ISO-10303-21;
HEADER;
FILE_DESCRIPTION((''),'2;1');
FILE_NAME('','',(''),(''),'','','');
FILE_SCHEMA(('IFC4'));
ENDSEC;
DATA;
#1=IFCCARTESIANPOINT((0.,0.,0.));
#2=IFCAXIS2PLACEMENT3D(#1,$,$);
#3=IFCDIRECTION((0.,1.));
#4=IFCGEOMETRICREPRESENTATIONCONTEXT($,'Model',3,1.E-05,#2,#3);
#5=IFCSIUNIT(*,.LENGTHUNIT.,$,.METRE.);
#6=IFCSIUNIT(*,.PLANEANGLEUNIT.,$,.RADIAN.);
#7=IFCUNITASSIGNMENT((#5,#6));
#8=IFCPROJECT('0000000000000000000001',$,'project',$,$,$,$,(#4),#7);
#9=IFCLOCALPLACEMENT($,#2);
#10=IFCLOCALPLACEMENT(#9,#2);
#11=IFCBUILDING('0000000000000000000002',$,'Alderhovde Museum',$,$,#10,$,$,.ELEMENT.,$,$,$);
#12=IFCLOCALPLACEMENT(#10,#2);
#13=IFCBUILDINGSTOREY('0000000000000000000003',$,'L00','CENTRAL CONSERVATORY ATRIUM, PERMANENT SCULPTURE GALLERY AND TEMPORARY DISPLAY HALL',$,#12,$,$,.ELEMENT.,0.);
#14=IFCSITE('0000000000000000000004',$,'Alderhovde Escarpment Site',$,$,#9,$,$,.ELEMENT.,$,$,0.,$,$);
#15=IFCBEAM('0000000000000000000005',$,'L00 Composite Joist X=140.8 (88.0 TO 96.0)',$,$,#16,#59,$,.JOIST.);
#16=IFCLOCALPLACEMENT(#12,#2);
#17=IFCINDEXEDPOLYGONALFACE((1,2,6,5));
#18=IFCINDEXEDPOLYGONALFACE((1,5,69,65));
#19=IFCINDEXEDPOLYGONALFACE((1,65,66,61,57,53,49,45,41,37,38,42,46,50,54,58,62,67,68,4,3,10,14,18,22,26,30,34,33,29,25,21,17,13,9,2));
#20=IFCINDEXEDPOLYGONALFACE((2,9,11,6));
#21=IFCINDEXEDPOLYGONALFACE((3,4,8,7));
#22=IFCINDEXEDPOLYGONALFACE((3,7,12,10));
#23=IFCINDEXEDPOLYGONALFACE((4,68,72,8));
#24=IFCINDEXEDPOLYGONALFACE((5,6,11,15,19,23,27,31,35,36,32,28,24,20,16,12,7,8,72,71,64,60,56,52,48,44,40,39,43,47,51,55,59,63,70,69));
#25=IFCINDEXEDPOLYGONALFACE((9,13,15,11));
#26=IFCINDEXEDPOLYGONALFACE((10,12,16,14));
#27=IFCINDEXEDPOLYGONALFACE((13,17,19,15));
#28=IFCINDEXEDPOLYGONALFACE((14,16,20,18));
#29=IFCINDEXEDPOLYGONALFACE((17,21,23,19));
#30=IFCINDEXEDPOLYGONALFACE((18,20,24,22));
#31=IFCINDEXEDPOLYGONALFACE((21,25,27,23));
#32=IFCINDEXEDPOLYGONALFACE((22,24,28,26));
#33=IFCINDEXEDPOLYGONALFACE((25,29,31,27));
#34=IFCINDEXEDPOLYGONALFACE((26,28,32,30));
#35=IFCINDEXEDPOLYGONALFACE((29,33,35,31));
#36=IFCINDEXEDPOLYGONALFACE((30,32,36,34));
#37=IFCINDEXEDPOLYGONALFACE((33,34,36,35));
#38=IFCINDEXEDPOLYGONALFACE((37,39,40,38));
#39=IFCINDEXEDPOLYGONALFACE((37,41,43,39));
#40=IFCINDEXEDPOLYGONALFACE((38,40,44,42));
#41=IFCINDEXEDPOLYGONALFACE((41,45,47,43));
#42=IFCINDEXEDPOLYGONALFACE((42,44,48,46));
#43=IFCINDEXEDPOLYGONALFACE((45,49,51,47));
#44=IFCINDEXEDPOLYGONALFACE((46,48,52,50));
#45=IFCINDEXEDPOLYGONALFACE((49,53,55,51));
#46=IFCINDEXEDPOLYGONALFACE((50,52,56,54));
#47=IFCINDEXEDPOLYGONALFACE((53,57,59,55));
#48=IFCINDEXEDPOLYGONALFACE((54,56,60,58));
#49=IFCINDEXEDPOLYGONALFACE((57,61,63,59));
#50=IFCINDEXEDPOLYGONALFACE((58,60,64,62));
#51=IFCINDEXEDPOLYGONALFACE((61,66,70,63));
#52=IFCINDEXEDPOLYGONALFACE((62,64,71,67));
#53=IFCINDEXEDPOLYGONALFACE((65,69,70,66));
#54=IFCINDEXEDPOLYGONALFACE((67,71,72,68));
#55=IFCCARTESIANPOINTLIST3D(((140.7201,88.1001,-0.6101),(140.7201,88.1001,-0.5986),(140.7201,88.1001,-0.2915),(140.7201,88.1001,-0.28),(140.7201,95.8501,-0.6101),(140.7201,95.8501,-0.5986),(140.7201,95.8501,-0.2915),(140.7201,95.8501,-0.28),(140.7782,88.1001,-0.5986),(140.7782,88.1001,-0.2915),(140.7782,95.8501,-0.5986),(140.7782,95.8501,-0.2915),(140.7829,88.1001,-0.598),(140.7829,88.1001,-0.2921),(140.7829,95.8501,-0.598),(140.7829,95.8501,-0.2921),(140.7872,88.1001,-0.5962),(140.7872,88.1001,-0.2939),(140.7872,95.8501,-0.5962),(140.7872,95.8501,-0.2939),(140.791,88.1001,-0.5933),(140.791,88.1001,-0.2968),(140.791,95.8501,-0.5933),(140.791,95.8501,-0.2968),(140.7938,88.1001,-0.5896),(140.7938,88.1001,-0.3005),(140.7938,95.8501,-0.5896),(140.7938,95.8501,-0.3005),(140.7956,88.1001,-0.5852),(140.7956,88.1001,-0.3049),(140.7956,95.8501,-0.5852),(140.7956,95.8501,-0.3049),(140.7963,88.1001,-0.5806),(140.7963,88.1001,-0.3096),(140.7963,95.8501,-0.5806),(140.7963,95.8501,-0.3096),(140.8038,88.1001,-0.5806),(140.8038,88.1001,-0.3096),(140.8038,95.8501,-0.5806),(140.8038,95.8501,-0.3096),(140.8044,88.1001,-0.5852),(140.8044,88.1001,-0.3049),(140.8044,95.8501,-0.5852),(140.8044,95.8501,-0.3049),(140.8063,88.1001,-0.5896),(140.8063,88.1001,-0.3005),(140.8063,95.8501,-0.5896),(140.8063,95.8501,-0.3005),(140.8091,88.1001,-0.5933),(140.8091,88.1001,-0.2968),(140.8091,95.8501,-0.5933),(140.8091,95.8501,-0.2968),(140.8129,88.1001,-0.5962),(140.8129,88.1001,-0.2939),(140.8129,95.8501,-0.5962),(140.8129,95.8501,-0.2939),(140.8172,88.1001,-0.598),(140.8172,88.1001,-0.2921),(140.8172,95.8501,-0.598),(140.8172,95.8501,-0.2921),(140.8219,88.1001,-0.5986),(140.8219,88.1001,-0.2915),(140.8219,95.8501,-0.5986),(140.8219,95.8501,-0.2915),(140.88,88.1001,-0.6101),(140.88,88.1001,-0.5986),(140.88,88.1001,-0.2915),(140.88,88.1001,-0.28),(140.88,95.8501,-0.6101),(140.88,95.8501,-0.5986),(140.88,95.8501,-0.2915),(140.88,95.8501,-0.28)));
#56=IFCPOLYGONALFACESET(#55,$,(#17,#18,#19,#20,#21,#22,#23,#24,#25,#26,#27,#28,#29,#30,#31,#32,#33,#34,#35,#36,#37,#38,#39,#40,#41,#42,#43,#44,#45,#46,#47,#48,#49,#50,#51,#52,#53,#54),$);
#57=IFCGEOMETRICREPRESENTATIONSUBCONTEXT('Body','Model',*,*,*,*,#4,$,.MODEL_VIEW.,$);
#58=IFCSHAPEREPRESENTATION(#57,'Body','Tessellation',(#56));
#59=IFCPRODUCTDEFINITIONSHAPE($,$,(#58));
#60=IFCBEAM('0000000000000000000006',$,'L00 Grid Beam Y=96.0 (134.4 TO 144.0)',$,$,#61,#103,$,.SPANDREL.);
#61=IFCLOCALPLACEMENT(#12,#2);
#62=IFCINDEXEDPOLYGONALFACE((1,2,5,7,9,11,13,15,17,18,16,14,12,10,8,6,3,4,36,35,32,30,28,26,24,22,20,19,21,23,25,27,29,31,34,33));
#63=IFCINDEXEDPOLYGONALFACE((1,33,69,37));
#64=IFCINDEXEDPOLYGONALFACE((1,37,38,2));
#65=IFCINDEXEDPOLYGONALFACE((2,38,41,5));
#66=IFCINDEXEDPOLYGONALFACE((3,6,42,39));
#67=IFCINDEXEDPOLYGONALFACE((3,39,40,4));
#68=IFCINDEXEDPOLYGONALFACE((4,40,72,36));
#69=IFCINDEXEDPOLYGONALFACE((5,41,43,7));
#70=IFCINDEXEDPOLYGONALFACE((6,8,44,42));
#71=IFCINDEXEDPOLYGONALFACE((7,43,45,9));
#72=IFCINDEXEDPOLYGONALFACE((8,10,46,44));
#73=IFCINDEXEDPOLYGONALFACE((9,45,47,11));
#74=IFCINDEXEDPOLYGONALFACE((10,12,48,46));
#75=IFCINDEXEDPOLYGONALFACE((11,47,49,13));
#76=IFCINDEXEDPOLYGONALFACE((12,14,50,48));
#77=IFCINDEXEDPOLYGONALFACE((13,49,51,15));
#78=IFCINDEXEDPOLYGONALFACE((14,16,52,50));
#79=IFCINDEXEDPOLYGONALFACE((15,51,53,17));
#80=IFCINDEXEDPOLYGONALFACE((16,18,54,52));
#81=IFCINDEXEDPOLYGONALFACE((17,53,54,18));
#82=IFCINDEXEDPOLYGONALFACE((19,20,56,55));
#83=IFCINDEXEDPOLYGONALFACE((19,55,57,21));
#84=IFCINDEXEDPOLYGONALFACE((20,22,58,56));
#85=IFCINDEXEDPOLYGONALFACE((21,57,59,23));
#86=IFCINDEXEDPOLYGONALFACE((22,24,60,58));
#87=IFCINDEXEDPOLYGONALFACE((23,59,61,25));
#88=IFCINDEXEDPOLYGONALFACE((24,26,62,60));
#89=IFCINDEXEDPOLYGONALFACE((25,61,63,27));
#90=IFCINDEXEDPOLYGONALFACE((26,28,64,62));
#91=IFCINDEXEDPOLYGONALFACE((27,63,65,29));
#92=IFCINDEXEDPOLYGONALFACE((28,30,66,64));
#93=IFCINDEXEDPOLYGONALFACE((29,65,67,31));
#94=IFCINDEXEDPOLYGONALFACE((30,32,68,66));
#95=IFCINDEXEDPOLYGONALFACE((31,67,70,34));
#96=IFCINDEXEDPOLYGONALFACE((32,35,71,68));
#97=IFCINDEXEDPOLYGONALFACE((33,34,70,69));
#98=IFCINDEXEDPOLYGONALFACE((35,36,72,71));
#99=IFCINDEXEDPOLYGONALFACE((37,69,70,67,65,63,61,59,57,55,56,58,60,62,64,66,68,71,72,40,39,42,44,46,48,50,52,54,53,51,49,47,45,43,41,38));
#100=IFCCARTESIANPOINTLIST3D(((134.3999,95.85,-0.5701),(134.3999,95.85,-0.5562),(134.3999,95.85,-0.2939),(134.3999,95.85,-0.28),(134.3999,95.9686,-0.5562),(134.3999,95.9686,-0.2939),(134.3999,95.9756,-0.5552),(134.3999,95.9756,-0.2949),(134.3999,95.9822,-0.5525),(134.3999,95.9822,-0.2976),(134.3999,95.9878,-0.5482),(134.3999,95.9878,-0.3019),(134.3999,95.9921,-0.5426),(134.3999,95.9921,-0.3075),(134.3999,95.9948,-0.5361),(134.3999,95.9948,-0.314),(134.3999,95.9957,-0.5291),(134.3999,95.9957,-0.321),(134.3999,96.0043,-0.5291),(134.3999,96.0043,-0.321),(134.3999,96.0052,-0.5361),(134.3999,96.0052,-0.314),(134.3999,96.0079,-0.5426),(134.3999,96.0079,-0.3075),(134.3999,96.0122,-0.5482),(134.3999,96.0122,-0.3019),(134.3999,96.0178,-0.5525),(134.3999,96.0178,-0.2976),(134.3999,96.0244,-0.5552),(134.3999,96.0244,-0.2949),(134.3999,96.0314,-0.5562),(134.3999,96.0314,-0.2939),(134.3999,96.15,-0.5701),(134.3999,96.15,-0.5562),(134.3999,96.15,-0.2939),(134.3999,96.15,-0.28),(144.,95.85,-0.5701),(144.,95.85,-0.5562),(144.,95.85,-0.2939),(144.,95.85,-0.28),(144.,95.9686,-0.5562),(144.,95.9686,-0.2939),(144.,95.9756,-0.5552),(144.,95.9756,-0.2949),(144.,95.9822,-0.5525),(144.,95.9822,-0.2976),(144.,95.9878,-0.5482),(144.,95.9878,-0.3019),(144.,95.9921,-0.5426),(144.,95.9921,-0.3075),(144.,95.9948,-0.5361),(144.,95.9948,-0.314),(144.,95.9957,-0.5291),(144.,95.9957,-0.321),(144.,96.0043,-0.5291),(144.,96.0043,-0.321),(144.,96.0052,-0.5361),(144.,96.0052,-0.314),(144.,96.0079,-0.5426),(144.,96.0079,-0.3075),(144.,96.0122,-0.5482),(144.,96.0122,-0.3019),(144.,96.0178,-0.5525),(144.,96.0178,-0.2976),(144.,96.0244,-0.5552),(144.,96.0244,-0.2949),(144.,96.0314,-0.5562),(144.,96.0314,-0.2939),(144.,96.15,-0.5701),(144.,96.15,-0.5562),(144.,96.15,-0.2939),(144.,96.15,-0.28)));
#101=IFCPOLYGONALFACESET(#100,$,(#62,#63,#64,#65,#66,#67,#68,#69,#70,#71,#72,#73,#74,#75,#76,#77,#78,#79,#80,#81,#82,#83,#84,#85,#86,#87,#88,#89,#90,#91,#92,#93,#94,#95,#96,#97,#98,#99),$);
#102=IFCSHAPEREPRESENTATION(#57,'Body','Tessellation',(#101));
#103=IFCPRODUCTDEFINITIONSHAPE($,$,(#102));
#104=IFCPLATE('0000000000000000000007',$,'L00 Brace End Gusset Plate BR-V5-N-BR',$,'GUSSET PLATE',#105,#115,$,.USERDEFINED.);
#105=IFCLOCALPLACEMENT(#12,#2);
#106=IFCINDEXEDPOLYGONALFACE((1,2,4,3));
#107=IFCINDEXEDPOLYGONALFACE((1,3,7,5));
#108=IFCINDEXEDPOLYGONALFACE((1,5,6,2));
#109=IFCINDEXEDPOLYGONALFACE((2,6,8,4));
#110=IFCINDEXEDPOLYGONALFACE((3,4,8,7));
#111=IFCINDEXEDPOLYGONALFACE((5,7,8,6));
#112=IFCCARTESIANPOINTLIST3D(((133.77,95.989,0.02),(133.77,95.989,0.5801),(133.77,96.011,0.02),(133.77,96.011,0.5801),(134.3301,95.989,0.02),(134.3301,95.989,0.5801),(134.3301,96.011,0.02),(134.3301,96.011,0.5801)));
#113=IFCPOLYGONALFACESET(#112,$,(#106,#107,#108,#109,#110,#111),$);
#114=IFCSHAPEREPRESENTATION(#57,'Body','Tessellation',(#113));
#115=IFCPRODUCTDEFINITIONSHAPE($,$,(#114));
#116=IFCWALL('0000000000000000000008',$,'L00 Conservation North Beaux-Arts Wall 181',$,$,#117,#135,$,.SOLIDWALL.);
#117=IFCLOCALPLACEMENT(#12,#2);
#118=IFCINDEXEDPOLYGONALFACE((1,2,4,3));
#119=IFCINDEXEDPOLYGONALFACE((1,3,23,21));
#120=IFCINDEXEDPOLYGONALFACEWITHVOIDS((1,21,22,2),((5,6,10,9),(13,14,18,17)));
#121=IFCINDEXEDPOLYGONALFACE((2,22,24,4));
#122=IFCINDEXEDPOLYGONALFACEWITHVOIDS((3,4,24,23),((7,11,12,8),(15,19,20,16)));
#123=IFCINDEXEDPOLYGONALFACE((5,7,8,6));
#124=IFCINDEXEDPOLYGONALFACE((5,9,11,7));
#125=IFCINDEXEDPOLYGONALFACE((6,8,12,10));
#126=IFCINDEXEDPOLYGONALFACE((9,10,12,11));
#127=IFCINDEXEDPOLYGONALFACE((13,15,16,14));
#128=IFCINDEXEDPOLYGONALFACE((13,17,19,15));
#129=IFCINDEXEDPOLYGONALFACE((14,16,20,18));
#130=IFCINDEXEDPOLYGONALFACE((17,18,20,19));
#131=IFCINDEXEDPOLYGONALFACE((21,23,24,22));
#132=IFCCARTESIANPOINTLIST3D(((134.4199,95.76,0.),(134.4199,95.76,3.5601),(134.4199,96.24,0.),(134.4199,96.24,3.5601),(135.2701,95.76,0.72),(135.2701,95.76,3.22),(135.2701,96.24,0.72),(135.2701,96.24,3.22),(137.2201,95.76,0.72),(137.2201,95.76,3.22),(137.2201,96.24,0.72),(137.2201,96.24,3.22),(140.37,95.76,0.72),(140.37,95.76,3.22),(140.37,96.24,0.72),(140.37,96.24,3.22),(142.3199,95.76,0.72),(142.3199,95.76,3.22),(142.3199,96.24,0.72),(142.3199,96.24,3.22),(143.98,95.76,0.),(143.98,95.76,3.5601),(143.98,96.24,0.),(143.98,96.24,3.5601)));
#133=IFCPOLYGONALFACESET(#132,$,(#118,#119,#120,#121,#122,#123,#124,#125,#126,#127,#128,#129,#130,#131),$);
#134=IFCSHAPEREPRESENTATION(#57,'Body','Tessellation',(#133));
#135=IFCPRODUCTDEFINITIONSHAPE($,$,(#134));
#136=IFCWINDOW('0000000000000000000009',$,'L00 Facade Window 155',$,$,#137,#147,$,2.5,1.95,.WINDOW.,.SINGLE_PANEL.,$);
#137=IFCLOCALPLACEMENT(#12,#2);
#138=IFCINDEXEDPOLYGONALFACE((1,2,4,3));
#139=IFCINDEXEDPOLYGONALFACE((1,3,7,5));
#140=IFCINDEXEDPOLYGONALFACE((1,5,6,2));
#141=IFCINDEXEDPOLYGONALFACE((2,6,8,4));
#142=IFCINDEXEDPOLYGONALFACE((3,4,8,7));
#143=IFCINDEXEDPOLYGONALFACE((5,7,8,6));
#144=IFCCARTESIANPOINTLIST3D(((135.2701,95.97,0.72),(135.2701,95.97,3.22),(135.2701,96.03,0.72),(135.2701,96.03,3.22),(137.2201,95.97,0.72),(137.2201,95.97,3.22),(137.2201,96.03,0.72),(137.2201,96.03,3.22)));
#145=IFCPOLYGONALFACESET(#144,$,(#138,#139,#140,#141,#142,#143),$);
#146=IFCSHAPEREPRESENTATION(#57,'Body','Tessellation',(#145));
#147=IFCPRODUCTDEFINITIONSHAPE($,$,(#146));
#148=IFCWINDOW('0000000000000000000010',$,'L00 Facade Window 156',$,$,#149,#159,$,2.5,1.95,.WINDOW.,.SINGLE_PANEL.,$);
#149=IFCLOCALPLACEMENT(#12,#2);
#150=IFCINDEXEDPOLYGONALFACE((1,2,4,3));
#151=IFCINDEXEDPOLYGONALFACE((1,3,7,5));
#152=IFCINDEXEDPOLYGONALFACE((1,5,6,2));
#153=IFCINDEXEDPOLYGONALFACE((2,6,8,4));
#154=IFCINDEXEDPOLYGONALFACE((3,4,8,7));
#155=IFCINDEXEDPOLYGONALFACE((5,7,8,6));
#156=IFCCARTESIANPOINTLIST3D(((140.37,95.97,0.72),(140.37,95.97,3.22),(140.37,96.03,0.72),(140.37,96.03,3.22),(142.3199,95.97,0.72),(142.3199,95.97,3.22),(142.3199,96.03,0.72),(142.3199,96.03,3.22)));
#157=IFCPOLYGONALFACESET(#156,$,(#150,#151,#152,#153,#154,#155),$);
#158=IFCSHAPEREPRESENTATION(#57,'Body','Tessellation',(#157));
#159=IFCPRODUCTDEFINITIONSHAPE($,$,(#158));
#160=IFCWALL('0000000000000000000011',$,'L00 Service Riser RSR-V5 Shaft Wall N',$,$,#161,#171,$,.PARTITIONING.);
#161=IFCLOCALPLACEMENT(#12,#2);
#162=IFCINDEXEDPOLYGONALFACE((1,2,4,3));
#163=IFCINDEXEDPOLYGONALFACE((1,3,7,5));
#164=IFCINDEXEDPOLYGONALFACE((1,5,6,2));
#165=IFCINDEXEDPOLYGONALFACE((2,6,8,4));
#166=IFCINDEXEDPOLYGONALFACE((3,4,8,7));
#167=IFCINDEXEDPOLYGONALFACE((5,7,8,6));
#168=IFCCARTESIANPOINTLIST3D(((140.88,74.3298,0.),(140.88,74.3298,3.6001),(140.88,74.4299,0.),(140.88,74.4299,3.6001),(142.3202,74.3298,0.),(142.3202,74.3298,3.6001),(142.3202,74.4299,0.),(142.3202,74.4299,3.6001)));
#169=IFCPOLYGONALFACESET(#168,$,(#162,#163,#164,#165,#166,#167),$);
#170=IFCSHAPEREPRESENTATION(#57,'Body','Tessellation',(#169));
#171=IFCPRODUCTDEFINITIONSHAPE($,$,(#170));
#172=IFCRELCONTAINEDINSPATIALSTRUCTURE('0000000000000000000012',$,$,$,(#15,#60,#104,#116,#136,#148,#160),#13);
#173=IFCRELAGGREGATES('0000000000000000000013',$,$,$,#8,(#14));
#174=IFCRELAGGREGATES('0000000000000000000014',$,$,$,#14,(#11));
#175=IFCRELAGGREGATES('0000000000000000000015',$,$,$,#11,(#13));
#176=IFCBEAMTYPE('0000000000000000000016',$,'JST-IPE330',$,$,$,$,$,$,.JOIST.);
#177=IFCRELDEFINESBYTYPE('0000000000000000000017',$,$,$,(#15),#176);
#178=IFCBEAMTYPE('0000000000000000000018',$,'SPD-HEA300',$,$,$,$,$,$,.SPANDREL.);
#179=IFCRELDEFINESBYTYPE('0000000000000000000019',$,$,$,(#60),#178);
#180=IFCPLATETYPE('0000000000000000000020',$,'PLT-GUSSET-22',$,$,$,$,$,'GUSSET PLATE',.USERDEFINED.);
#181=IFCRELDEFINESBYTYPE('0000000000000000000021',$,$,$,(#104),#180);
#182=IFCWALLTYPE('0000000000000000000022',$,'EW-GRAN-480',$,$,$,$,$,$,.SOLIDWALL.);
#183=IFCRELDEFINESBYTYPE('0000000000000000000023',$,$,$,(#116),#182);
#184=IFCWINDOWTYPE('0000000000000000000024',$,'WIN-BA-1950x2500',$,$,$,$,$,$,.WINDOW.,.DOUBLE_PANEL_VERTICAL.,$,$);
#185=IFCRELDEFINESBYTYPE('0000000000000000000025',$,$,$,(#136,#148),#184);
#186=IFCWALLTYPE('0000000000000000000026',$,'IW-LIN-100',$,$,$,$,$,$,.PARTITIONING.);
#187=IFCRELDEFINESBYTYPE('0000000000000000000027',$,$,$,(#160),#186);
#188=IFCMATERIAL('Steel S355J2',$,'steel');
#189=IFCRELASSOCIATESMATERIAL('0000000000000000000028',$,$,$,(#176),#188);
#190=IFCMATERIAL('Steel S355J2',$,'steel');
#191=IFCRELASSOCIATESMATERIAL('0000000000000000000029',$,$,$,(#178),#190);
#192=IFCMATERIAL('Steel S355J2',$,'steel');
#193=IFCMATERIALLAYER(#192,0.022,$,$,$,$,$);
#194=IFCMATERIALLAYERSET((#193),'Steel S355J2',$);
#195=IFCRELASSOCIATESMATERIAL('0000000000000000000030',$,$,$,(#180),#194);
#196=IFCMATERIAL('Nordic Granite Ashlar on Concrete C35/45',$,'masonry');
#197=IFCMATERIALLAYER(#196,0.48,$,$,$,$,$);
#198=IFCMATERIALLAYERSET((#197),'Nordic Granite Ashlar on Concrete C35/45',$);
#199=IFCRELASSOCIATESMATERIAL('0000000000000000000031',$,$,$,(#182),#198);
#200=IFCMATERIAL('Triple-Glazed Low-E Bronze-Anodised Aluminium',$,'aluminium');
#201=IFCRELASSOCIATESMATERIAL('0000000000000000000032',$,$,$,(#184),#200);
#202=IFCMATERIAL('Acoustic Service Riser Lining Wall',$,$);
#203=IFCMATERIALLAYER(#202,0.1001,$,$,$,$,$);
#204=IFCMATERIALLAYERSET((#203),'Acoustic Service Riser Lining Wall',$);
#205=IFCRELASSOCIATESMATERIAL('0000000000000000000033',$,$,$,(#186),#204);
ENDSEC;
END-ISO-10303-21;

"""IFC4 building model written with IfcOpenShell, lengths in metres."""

from ifc_helpers import new_model, si_unit, direction, frame, frame_2d, origin, origin_2d, place, context, subcontext, project, spatial, rectangle, i_section, extrude, material, layer, layer_set, material_profile, profile_set, type_object, element, fill, save


model = new_model("IFC4")

# Units and contexts
model_context = context("Model", 3, precision=1e-05, world=origin(), true_north=direction((0.0, 1.0)))
body_context = subcontext(model_context, "Body", "Model", "MODEL_VIEW")
ifc_project = project(units=[si_unit("LENGTHUNIT", "METRE"), si_unit("PLANEANGLEUNIT", "RADIAN")], contexts=[model_context])

# Site, building, storey
site_placement = place(None, origin())
site = spatial("IfcSite", under=ifc_project, at=site_placement, Name="Alderhovde Escarpment Site", CompositionType="ELEMENT", RefElevation=0.0)
building_placement = place(site_placement, origin())
building = spatial("IfcBuilding", under=site, at=building_placement, Name="Alderhovde Museum", CompositionType="ELEMENT")
storey_placement = place(building_placement, origin())
storey = spatial("IfcBuildingStorey", under=building, at=storey_placement, Name="L00", Description="CENTRAL CONSERVATORY ATRIUM, PERMANENT SCULPTURE GALLERY AND TEMPORARY DISPLAY HALL", CompositionType="ELEMENT", Elevation=0.0)

# Beams
ifc_material_1 = material(Name="Steel S355J2", Category="steel")
ifc_material_profile_1 = material_profile(ifc_material_1, i_section(OverallWidth=0.1599, OverallDepth=0.3301, WebThickness=0.0076, FlangeThickness=0.0115, FilletRadius=0.0181, at=origin_2d()), Name="IPE 330")
ifc_profile_set_1 = profile_set([ifc_material_profile_1], Name="Steel S355J2")
beam_type_1 = type_object("IfcBeamType", Name="JST-IPE330", PredefinedType="JOIST", material=ifc_profile_set_1)
for number, where, z_axis, x_axis, name in (
    (1, (140.8, 88.1001, -0.4451), (0.0, 1.0, 0.0), (-1.0, 0.0, 0.0), "L00 Composite Joist X=140.8 (88.0 TO 96.0)"),
):
    element("IfcBeam", number, at=place(storey_placement, frame(where, z_axis=z_axis, x_axis=x_axis)), inside=storey, type_object=beam_type_1, Name=name, PredefinedType="JOIST", context=body_context, shape_type="SweptSolid", body=[
        extrude(i_section(OverallWidth=0.1599, OverallDepth=0.3301, WebThickness=0.0076, FlangeThickness=0.0115, FilletRadius=0.0181, at=origin_2d()), origin(), (0.0, 0.0, 1.0), 7.75),
    ])
ifc_material_2 = material(Name="Steel S355J2", Category="steel")
ifc_material_profile_2 = material_profile(ifc_material_2, i_section(OverallWidth=0.3, OverallDepth=0.29, WebThickness=0.0085, FlangeThickness=0.0139, FilletRadius=0.0271, at=origin_2d()), Name="HEA 300")
ifc_profile_set_2 = profile_set([ifc_material_profile_2], Name="Steel S355J2")
beam_type_2 = type_object("IfcBeamType", Name="SPD-HEA300", PredefinedType="SPANDREL", material=ifc_profile_set_2)
beam_1_placement = place(storey_placement, frame((134.3999, 96.0, -0.425), z_axis=(1.0, 0.0, 0.0), x_axis=(0.0, 1.0, 0.0)))
element("IfcBeam", 2, at=beam_1_placement, inside=storey, type_object=beam_type_2, Name="L00 Grid Beam Y=96.0 (134.4 TO 144.0)", PredefinedType="SPANDREL", context=body_context, shape_type="SweptSolid", body=[
    extrude(i_section(OverallWidth=0.3, OverallDepth=0.29, WebThickness=0.0085, FlangeThickness=0.0139, FilletRadius=0.0271, at=origin_2d()), origin(), (0.0, 0.0, 1.0), 9.6001),
])

# Plate
ifc_material_3 = material(Name="Steel S355J2", Category="steel")
ifc_layer_1 = layer(ifc_material_3, 0.022)
ifc_layer_set_1 = layer_set([ifc_layer_1], Name="Steel S355J2")
plate_type = type_object("IfcPlateType", Name="PLT-GUSSET-22", ElementType="GUSSET PLATE", PredefinedType="USERDEFINED", material=ifc_layer_set_1)
plate_placement = place(storey_placement, frame((134.05, 96.0, 0.02), z_axis=(0.0, 0.0, 1.0), x_axis=(1.0, 0.0, 0.0)))
element("IfcPlate", 3, at=plate_placement, inside=storey, type_object=plate_type, Name="L00 Brace End Gusset Plate BR-V5-N-BR", ObjectType="GUSSET PLATE", PredefinedType="USERDEFINED", context=body_context, shape_type="SweptSolid", body=[
    extrude(rectangle(XDim=0.5601, YDim=0.022, at=origin_2d()), origin(), (0.0, 0.0, 1.0), 0.5601),
])

# Wall, openings, windows
ifc_material_4 = material(Name="Nordic Granite Ashlar on Concrete C35/45", Category="masonry")
ifc_layer_2 = layer(ifc_material_4, 0.48)
ifc_layer_set_2 = layer_set([ifc_layer_2], Name="Nordic Granite Ashlar on Concrete C35/45")
wall_type_1 = type_object("IfcWallType", Name="EW-GRAN-480", PredefinedType="SOLIDWALL", material=ifc_layer_set_2)
wall_1_placement = place(storey_placement, frame((134.4199, 96.0, 0.0), z_axis=(0.0, 0.0, 1.0), x_axis=(1.0, 0.0, 0.0)))
wall_1 = element("IfcWall", 4, at=wall_1_placement, inside=storey, type_object=wall_type_1, Name="L00 Conservation North Beaux-Arts Wall 181", PredefinedType="SOLIDWALL", context=body_context, shape_type="SweptSolid", body=[
    extrude(rectangle(XDim=9.5601, YDim=0.48, at=frame_2d((4.78, 0.0))), origin(), (0.0, 0.0, 1.0), 3.5601),
])
opening_1_placement = place(wall_1_placement, frame((0.8501, 0.0, 0.72)))
opening_1 = element("IfcOpeningElement", 5, at=opening_1_placement, cuts=wall_1, PredefinedType="OPENING", context=body_context, shape_type="SweptSolid", body=[
    extrude(rectangle(XDim=1.95, YDim=2.5, at=frame_2d((0.9751, 1.25))), frame((0.0, 0.25, 0.0), z_axis=(0.0, -1.0, 0.0), x_axis=(1.0, 0.0, 0.0)), (0.0, 0.0, 1.0), 0.5),
])
opening_2_placement = place(wall_1_placement, frame((5.95, 0.0, 0.72)))
opening_2 = element("IfcOpeningElement", 6, at=opening_2_placement, cuts=wall_1, PredefinedType="OPENING", context=body_context, shape_type="SweptSolid", body=[
    extrude(rectangle(XDim=1.95, YDim=2.5, at=frame_2d((0.9751, 1.25))), frame((0.0, 0.25, 0.0), z_axis=(0.0, -1.0, 0.0), x_axis=(1.0, 0.0, 0.0)), (0.0, 0.0, 1.0), 0.5),
])
ifc_material_5 = material(Name="Triple-Glazed Low-E Bronze-Anodised Aluminium", Category="aluminium")
window_type = type_object("IfcWindowType", Name="WIN-BA-1950x2500", PartitioningType="DOUBLE_PANEL_VERTICAL", PredefinedType="WINDOW", material=ifc_material_5)
window_1_placement = place(opening_1_placement, origin())
window_1 = element("IfcWindow", 7, at=window_1_placement, inside=storey, type_object=window_type, Name="L00 Facade Window 155", OverallHeight=2.5, OverallWidth=1.95, PartitioningType="SINGLE_PANEL", PredefinedType="WINDOW", context=body_context, shape_type="SweptSolid", body=[
    extrude(rectangle(XDim=1.95, YDim=2.5, at=frame_2d((0.9751, 1.25))), frame((0.0, 0.03, 0.0), z_axis=(0.0, -1.0, 0.0), x_axis=(1.0, 0.0, 0.0)), (0.0, 0.0, 1.0), 0.0601),
])
fill(opening_1, window_1)
window_2_placement = place(opening_2_placement, origin())
window_2 = element("IfcWindow", 8, at=window_2_placement, inside=storey, type_object=window_type, Name="L00 Facade Window 156", OverallHeight=2.5, OverallWidth=1.95, PartitioningType="SINGLE_PANEL", PredefinedType="WINDOW", context=body_context, shape_type="SweptSolid", body=[
    extrude(rectangle(XDim=1.95, YDim=2.5, at=frame_2d((0.9751, 1.25))), frame((0.0, 0.03, 0.0), z_axis=(0.0, -1.0, 0.0), x_axis=(1.0, 0.0, 0.0)), (0.0, 0.0, 1.0), 0.0601),
])
fill(opening_2, window_2)

# Wall
ifc_material_6 = material(Name="Acoustic Service Riser Lining Wall")
ifc_layer_3 = layer(ifc_material_6, 0.1001)
ifc_layer_set_3 = layer_set([ifc_layer_3], Name="Acoustic Service Riser Lining Wall")
wall_type_2 = type_object("IfcWallType", Name="IW-LIN-100", PredefinedType="PARTITIONING", material=ifc_layer_set_3)
wall_2_placement = place(storey_placement, frame((140.8799, 74.3799, 0.0), z_axis=(0.0, 0.0, 1.0), x_axis=(1.0, 0.0, 0.0)))
element("IfcWall", 9, at=wall_2_placement, inside=storey, type_object=wall_type_2, Name="L00 Service Riser RSR-V5 Shaft Wall N", PredefinedType="PARTITIONING", context=body_context, shape_type="SweptSolid", body=[
    extrude(rectangle(XDim=1.4402, YDim=0.1001, at=frame_2d((0.7202, 0.0))), origin(), (0.0, 0.0, 1.0), 3.6001),
])

save(model, "model.ifc")
